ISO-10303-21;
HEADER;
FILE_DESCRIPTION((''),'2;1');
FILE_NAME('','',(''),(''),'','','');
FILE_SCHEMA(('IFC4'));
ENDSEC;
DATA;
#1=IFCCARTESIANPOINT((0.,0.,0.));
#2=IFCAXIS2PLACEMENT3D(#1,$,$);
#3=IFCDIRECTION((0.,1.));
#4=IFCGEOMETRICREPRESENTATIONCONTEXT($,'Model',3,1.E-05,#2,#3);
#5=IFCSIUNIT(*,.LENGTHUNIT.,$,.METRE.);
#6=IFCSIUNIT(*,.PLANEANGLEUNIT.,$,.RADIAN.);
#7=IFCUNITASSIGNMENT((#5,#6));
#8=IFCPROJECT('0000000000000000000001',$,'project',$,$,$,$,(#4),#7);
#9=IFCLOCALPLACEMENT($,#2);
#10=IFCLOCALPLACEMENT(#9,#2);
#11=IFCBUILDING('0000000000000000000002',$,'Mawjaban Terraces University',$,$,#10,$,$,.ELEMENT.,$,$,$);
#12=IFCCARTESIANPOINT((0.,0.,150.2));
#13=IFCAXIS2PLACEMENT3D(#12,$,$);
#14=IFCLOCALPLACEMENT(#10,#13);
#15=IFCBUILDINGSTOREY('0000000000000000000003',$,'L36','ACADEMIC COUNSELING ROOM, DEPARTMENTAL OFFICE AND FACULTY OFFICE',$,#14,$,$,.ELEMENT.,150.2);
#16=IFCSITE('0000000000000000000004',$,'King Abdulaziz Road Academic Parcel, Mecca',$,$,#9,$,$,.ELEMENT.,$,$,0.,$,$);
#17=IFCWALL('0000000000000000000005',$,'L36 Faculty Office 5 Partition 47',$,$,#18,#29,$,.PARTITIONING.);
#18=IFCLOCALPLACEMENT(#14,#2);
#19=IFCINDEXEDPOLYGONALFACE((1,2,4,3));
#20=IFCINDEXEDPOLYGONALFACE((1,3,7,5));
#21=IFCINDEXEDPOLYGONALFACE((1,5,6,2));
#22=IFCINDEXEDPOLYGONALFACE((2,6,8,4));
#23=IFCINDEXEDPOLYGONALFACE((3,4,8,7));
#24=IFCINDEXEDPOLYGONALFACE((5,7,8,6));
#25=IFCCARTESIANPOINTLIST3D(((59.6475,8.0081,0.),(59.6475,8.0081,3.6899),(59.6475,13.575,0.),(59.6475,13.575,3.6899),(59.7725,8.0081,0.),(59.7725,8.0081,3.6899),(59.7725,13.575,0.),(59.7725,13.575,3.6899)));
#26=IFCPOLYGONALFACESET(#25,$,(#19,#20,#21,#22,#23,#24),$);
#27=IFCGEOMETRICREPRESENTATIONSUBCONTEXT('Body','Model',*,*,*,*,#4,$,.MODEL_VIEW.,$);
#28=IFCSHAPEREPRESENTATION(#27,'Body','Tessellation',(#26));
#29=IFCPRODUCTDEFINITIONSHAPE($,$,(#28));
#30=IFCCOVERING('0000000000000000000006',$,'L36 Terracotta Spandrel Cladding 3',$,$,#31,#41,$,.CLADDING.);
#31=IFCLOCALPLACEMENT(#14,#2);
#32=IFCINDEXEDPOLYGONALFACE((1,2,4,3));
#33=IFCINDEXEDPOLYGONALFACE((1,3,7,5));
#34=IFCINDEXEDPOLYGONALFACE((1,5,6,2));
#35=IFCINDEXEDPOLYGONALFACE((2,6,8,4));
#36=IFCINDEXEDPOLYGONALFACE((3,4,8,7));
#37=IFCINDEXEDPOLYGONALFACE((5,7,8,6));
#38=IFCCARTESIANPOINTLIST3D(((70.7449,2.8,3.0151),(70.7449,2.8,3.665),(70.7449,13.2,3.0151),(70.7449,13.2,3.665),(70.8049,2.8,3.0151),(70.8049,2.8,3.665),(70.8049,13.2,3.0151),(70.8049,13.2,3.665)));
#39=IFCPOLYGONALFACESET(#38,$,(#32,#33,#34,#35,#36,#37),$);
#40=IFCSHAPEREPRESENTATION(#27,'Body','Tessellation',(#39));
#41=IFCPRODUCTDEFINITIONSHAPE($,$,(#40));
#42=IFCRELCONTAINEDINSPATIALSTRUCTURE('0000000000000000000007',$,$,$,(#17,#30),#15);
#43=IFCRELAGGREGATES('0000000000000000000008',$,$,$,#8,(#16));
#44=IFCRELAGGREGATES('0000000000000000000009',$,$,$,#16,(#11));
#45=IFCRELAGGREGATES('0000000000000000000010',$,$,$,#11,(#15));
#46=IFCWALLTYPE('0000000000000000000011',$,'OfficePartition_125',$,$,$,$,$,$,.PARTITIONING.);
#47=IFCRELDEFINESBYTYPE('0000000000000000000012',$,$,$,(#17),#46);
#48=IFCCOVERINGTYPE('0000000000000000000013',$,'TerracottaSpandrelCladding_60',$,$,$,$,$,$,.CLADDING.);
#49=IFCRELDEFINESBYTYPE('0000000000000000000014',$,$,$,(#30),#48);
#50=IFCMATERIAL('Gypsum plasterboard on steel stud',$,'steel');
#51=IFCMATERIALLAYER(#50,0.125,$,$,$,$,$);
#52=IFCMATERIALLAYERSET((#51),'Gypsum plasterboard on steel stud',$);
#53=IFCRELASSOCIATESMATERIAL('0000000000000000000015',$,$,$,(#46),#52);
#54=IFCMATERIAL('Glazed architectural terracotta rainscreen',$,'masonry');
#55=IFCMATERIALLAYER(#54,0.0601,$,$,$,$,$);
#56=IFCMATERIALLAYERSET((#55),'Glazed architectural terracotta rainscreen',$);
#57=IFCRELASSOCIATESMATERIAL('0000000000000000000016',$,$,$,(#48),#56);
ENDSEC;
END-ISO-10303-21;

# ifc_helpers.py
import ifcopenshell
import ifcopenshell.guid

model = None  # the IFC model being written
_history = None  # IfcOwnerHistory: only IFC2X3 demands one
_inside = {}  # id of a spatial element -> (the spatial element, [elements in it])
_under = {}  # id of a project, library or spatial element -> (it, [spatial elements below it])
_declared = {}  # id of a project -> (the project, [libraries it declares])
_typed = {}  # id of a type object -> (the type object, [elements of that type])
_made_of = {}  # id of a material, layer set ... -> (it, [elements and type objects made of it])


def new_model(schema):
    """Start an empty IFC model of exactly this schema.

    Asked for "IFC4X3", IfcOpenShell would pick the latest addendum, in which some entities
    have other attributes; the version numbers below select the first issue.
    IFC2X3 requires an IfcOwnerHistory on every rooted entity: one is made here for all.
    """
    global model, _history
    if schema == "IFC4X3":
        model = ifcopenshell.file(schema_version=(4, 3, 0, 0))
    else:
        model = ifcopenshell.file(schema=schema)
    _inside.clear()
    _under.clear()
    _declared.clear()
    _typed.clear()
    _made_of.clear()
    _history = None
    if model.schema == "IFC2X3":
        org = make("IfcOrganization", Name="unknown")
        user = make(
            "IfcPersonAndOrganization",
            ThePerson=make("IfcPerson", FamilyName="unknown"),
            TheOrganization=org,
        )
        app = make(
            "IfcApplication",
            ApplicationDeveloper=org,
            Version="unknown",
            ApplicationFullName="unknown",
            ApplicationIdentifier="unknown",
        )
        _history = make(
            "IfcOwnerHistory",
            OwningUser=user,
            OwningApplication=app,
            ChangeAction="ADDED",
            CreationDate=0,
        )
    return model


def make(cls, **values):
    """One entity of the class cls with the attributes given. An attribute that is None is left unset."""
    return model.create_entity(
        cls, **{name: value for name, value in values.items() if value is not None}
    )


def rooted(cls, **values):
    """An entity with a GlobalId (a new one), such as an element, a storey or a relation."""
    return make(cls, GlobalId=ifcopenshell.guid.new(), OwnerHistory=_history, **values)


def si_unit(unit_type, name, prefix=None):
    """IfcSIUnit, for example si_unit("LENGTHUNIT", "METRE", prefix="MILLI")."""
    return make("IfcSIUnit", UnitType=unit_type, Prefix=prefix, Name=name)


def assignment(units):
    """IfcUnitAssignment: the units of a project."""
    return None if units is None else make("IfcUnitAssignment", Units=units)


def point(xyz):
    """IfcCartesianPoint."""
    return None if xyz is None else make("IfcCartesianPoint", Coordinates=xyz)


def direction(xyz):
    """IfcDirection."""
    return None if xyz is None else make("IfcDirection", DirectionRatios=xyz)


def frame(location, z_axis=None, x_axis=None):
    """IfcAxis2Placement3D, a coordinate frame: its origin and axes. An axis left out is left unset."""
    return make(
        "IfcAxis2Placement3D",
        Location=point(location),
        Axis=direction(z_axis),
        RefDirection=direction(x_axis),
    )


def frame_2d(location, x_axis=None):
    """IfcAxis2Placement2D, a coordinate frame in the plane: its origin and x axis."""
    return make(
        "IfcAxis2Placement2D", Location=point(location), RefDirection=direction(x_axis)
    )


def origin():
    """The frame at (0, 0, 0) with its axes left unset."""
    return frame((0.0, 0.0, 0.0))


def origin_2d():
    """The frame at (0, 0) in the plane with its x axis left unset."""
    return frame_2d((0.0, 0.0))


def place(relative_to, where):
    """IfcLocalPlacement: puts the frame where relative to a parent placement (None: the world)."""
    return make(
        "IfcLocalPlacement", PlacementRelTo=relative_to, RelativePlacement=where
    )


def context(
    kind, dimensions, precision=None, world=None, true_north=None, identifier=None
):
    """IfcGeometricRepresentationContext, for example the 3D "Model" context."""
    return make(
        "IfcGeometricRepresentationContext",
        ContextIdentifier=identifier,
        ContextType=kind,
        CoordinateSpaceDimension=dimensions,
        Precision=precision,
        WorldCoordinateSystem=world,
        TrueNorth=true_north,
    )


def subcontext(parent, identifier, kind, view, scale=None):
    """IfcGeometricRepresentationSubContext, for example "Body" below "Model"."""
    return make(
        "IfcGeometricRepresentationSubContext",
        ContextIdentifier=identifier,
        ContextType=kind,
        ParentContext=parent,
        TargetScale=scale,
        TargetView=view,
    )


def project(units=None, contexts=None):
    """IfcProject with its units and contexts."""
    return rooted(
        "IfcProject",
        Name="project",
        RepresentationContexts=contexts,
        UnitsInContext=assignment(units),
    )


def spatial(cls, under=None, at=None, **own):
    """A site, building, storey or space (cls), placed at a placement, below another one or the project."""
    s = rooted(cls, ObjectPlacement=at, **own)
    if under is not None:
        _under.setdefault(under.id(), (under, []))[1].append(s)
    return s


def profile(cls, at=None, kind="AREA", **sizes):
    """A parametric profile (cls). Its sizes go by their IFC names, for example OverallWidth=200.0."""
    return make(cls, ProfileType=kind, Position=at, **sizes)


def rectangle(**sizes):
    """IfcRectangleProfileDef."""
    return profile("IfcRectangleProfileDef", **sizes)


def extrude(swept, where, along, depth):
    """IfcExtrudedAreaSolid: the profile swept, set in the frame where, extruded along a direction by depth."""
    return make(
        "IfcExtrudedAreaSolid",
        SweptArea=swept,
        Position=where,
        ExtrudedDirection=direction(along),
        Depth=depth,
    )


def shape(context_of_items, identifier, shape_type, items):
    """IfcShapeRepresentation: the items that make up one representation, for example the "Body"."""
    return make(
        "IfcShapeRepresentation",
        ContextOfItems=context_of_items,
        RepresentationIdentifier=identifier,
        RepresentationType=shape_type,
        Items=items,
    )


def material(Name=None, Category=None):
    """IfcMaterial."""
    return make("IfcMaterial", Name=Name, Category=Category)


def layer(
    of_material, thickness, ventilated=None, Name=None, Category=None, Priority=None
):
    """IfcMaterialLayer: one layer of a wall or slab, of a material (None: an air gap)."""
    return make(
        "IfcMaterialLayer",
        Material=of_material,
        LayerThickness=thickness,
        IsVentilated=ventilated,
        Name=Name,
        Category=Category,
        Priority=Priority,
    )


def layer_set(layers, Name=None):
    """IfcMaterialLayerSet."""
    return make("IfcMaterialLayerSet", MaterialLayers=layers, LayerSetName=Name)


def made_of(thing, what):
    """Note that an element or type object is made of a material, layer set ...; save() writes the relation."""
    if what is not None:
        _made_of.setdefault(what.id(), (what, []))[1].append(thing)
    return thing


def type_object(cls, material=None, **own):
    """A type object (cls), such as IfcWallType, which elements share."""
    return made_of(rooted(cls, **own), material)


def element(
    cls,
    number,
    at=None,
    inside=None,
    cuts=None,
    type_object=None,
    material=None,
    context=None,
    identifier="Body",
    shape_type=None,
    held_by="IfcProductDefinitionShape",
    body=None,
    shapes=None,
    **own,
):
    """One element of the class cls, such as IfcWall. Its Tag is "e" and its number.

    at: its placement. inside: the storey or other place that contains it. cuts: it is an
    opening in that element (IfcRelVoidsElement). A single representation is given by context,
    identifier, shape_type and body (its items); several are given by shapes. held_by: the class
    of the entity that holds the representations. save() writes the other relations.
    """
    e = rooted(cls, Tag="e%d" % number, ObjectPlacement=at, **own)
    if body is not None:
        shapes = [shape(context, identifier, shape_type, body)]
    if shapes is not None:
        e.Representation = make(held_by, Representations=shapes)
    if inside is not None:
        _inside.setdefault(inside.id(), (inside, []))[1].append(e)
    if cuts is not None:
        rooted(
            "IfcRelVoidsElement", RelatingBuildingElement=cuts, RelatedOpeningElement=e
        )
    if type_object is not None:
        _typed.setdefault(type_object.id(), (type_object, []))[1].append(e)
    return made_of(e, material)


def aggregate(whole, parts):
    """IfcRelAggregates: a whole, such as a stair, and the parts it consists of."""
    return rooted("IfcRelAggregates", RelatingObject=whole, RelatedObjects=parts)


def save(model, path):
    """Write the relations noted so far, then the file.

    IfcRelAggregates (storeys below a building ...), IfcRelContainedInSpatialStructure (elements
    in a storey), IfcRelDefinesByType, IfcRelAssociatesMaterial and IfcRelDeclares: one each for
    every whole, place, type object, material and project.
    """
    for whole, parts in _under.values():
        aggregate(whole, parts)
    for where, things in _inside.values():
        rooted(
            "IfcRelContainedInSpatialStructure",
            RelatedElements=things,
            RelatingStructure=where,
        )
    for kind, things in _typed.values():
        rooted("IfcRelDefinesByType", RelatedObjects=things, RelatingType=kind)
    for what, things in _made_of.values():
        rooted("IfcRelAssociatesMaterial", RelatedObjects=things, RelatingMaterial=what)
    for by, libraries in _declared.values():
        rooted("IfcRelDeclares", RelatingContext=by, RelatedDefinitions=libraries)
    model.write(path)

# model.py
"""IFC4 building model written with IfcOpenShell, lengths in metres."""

from ifc_helpers import new_model, si_unit, direction, frame, frame_2d, origin, origin_2d, place, context, subcontext, project, spatial, rectangle, extrude, material, layer, layer_set, type_object, element, save


model = new_model("IFC4")

# Units and contexts
model_context = context("Model", 3, precision=1e-05, world=origin(), true_north=direction((0.0, 1.0)))
body_context = subcontext(model_context, "Body", "Model", "MODEL_VIEW")
ifc_project = project(units=[si_unit("LENGTHUNIT", "METRE"), si_unit("PLANEANGLEUNIT", "RADIAN")], contexts=[model_context])

# Site, building, storey
site_placement = place(None, origin())
site = spatial("IfcSite", under=ifc_project, at=site_placement, Name="King Abdulaziz Road Academic Parcel, Mecca", CompositionType="ELEMENT", RefElevation=0.0)
building_placement = place(site_placement, origin())
building = spatial("IfcBuilding", under=site, at=building_placement, Name="Mawjaban Terraces University", CompositionType="ELEMENT")
storey_placement = place(building_placement, frame((0.0, 0.0, 150.2)))
storey = spatial("IfcBuildingStorey", under=building, at=storey_placement, Name="L36", Description="ACADEMIC COUNSELING ROOM, DEPARTMENTAL OFFICE AND FACULTY OFFICE", CompositionType="ELEMENT", Elevation=150.2)

# Shared definitions
ifc_material_1 = material(Name="Gypsum plasterboard on steel stud", Category="steel")
ifc_layer_1 = layer(ifc_material_1, 0.125)
ifc_layer_set_1 = layer_set([ifc_layer_1], Name="Gypsum plasterboard on steel stud")
wall_type_1 = type_object("IfcWallType", Name="OfficePartition_125", PredefinedType="PARTITIONING", material=ifc_layer_set_1)

# Wall
wall_1_placement = place(storey_placement, frame((59.71, 8.0081, 0.0), z_axis=(0.0, 0.0, 1.0), x_axis=(0.0, 1.0, 0.0)))
element("IfcWall", 1, at=wall_1_placement, inside=storey, type_object=wall_type_1, Name="L36 Faculty Office 5 Partition 47", PredefinedType="PARTITIONING", context=body_context, shape_type="SweptSolid", body=[
    extrude(rectangle(XDim=5.5669, YDim=0.125, at=frame_2d((2.7834, 0.0))), origin(), (0.0, 0.0, 1.0), 3.6899),
])

# Covering
ifc_material_2 = material(Name="Glazed architectural terracotta rainscreen", Category="masonry")
ifc_layer_2 = layer(ifc_material_2, 0.0601)
ifc_layer_set_2 = layer_set([ifc_layer_2], Name="Glazed architectural terracotta rainscreen")
covering_type = type_object("IfcCoveringType", Name="TerracottaSpandrelCladding_60", PredefinedType="CLADDING", material=ifc_layer_set_2)
covering_placement = place(storey_placement, frame((70.7749, 8.0, 3.0151), z_axis=(0.0, 0.0, 1.0), x_axis=(0.0, 1.0, 0.0)))
element("IfcCovering", 2, at=covering_placement, inside=storey, type_object=covering_type, Name="L36 Terracotta Spandrel Cladding 3", PredefinedType="CLADDING", context=body_context, shape_type="SweptSolid", body=[
    extrude(rectangle(XDim=10.3999, YDim=0.0601, at=origin_2d()), origin(), (0.0, 0.0, 1.0), 0.6499),
])

save(model, "model.ifc")
